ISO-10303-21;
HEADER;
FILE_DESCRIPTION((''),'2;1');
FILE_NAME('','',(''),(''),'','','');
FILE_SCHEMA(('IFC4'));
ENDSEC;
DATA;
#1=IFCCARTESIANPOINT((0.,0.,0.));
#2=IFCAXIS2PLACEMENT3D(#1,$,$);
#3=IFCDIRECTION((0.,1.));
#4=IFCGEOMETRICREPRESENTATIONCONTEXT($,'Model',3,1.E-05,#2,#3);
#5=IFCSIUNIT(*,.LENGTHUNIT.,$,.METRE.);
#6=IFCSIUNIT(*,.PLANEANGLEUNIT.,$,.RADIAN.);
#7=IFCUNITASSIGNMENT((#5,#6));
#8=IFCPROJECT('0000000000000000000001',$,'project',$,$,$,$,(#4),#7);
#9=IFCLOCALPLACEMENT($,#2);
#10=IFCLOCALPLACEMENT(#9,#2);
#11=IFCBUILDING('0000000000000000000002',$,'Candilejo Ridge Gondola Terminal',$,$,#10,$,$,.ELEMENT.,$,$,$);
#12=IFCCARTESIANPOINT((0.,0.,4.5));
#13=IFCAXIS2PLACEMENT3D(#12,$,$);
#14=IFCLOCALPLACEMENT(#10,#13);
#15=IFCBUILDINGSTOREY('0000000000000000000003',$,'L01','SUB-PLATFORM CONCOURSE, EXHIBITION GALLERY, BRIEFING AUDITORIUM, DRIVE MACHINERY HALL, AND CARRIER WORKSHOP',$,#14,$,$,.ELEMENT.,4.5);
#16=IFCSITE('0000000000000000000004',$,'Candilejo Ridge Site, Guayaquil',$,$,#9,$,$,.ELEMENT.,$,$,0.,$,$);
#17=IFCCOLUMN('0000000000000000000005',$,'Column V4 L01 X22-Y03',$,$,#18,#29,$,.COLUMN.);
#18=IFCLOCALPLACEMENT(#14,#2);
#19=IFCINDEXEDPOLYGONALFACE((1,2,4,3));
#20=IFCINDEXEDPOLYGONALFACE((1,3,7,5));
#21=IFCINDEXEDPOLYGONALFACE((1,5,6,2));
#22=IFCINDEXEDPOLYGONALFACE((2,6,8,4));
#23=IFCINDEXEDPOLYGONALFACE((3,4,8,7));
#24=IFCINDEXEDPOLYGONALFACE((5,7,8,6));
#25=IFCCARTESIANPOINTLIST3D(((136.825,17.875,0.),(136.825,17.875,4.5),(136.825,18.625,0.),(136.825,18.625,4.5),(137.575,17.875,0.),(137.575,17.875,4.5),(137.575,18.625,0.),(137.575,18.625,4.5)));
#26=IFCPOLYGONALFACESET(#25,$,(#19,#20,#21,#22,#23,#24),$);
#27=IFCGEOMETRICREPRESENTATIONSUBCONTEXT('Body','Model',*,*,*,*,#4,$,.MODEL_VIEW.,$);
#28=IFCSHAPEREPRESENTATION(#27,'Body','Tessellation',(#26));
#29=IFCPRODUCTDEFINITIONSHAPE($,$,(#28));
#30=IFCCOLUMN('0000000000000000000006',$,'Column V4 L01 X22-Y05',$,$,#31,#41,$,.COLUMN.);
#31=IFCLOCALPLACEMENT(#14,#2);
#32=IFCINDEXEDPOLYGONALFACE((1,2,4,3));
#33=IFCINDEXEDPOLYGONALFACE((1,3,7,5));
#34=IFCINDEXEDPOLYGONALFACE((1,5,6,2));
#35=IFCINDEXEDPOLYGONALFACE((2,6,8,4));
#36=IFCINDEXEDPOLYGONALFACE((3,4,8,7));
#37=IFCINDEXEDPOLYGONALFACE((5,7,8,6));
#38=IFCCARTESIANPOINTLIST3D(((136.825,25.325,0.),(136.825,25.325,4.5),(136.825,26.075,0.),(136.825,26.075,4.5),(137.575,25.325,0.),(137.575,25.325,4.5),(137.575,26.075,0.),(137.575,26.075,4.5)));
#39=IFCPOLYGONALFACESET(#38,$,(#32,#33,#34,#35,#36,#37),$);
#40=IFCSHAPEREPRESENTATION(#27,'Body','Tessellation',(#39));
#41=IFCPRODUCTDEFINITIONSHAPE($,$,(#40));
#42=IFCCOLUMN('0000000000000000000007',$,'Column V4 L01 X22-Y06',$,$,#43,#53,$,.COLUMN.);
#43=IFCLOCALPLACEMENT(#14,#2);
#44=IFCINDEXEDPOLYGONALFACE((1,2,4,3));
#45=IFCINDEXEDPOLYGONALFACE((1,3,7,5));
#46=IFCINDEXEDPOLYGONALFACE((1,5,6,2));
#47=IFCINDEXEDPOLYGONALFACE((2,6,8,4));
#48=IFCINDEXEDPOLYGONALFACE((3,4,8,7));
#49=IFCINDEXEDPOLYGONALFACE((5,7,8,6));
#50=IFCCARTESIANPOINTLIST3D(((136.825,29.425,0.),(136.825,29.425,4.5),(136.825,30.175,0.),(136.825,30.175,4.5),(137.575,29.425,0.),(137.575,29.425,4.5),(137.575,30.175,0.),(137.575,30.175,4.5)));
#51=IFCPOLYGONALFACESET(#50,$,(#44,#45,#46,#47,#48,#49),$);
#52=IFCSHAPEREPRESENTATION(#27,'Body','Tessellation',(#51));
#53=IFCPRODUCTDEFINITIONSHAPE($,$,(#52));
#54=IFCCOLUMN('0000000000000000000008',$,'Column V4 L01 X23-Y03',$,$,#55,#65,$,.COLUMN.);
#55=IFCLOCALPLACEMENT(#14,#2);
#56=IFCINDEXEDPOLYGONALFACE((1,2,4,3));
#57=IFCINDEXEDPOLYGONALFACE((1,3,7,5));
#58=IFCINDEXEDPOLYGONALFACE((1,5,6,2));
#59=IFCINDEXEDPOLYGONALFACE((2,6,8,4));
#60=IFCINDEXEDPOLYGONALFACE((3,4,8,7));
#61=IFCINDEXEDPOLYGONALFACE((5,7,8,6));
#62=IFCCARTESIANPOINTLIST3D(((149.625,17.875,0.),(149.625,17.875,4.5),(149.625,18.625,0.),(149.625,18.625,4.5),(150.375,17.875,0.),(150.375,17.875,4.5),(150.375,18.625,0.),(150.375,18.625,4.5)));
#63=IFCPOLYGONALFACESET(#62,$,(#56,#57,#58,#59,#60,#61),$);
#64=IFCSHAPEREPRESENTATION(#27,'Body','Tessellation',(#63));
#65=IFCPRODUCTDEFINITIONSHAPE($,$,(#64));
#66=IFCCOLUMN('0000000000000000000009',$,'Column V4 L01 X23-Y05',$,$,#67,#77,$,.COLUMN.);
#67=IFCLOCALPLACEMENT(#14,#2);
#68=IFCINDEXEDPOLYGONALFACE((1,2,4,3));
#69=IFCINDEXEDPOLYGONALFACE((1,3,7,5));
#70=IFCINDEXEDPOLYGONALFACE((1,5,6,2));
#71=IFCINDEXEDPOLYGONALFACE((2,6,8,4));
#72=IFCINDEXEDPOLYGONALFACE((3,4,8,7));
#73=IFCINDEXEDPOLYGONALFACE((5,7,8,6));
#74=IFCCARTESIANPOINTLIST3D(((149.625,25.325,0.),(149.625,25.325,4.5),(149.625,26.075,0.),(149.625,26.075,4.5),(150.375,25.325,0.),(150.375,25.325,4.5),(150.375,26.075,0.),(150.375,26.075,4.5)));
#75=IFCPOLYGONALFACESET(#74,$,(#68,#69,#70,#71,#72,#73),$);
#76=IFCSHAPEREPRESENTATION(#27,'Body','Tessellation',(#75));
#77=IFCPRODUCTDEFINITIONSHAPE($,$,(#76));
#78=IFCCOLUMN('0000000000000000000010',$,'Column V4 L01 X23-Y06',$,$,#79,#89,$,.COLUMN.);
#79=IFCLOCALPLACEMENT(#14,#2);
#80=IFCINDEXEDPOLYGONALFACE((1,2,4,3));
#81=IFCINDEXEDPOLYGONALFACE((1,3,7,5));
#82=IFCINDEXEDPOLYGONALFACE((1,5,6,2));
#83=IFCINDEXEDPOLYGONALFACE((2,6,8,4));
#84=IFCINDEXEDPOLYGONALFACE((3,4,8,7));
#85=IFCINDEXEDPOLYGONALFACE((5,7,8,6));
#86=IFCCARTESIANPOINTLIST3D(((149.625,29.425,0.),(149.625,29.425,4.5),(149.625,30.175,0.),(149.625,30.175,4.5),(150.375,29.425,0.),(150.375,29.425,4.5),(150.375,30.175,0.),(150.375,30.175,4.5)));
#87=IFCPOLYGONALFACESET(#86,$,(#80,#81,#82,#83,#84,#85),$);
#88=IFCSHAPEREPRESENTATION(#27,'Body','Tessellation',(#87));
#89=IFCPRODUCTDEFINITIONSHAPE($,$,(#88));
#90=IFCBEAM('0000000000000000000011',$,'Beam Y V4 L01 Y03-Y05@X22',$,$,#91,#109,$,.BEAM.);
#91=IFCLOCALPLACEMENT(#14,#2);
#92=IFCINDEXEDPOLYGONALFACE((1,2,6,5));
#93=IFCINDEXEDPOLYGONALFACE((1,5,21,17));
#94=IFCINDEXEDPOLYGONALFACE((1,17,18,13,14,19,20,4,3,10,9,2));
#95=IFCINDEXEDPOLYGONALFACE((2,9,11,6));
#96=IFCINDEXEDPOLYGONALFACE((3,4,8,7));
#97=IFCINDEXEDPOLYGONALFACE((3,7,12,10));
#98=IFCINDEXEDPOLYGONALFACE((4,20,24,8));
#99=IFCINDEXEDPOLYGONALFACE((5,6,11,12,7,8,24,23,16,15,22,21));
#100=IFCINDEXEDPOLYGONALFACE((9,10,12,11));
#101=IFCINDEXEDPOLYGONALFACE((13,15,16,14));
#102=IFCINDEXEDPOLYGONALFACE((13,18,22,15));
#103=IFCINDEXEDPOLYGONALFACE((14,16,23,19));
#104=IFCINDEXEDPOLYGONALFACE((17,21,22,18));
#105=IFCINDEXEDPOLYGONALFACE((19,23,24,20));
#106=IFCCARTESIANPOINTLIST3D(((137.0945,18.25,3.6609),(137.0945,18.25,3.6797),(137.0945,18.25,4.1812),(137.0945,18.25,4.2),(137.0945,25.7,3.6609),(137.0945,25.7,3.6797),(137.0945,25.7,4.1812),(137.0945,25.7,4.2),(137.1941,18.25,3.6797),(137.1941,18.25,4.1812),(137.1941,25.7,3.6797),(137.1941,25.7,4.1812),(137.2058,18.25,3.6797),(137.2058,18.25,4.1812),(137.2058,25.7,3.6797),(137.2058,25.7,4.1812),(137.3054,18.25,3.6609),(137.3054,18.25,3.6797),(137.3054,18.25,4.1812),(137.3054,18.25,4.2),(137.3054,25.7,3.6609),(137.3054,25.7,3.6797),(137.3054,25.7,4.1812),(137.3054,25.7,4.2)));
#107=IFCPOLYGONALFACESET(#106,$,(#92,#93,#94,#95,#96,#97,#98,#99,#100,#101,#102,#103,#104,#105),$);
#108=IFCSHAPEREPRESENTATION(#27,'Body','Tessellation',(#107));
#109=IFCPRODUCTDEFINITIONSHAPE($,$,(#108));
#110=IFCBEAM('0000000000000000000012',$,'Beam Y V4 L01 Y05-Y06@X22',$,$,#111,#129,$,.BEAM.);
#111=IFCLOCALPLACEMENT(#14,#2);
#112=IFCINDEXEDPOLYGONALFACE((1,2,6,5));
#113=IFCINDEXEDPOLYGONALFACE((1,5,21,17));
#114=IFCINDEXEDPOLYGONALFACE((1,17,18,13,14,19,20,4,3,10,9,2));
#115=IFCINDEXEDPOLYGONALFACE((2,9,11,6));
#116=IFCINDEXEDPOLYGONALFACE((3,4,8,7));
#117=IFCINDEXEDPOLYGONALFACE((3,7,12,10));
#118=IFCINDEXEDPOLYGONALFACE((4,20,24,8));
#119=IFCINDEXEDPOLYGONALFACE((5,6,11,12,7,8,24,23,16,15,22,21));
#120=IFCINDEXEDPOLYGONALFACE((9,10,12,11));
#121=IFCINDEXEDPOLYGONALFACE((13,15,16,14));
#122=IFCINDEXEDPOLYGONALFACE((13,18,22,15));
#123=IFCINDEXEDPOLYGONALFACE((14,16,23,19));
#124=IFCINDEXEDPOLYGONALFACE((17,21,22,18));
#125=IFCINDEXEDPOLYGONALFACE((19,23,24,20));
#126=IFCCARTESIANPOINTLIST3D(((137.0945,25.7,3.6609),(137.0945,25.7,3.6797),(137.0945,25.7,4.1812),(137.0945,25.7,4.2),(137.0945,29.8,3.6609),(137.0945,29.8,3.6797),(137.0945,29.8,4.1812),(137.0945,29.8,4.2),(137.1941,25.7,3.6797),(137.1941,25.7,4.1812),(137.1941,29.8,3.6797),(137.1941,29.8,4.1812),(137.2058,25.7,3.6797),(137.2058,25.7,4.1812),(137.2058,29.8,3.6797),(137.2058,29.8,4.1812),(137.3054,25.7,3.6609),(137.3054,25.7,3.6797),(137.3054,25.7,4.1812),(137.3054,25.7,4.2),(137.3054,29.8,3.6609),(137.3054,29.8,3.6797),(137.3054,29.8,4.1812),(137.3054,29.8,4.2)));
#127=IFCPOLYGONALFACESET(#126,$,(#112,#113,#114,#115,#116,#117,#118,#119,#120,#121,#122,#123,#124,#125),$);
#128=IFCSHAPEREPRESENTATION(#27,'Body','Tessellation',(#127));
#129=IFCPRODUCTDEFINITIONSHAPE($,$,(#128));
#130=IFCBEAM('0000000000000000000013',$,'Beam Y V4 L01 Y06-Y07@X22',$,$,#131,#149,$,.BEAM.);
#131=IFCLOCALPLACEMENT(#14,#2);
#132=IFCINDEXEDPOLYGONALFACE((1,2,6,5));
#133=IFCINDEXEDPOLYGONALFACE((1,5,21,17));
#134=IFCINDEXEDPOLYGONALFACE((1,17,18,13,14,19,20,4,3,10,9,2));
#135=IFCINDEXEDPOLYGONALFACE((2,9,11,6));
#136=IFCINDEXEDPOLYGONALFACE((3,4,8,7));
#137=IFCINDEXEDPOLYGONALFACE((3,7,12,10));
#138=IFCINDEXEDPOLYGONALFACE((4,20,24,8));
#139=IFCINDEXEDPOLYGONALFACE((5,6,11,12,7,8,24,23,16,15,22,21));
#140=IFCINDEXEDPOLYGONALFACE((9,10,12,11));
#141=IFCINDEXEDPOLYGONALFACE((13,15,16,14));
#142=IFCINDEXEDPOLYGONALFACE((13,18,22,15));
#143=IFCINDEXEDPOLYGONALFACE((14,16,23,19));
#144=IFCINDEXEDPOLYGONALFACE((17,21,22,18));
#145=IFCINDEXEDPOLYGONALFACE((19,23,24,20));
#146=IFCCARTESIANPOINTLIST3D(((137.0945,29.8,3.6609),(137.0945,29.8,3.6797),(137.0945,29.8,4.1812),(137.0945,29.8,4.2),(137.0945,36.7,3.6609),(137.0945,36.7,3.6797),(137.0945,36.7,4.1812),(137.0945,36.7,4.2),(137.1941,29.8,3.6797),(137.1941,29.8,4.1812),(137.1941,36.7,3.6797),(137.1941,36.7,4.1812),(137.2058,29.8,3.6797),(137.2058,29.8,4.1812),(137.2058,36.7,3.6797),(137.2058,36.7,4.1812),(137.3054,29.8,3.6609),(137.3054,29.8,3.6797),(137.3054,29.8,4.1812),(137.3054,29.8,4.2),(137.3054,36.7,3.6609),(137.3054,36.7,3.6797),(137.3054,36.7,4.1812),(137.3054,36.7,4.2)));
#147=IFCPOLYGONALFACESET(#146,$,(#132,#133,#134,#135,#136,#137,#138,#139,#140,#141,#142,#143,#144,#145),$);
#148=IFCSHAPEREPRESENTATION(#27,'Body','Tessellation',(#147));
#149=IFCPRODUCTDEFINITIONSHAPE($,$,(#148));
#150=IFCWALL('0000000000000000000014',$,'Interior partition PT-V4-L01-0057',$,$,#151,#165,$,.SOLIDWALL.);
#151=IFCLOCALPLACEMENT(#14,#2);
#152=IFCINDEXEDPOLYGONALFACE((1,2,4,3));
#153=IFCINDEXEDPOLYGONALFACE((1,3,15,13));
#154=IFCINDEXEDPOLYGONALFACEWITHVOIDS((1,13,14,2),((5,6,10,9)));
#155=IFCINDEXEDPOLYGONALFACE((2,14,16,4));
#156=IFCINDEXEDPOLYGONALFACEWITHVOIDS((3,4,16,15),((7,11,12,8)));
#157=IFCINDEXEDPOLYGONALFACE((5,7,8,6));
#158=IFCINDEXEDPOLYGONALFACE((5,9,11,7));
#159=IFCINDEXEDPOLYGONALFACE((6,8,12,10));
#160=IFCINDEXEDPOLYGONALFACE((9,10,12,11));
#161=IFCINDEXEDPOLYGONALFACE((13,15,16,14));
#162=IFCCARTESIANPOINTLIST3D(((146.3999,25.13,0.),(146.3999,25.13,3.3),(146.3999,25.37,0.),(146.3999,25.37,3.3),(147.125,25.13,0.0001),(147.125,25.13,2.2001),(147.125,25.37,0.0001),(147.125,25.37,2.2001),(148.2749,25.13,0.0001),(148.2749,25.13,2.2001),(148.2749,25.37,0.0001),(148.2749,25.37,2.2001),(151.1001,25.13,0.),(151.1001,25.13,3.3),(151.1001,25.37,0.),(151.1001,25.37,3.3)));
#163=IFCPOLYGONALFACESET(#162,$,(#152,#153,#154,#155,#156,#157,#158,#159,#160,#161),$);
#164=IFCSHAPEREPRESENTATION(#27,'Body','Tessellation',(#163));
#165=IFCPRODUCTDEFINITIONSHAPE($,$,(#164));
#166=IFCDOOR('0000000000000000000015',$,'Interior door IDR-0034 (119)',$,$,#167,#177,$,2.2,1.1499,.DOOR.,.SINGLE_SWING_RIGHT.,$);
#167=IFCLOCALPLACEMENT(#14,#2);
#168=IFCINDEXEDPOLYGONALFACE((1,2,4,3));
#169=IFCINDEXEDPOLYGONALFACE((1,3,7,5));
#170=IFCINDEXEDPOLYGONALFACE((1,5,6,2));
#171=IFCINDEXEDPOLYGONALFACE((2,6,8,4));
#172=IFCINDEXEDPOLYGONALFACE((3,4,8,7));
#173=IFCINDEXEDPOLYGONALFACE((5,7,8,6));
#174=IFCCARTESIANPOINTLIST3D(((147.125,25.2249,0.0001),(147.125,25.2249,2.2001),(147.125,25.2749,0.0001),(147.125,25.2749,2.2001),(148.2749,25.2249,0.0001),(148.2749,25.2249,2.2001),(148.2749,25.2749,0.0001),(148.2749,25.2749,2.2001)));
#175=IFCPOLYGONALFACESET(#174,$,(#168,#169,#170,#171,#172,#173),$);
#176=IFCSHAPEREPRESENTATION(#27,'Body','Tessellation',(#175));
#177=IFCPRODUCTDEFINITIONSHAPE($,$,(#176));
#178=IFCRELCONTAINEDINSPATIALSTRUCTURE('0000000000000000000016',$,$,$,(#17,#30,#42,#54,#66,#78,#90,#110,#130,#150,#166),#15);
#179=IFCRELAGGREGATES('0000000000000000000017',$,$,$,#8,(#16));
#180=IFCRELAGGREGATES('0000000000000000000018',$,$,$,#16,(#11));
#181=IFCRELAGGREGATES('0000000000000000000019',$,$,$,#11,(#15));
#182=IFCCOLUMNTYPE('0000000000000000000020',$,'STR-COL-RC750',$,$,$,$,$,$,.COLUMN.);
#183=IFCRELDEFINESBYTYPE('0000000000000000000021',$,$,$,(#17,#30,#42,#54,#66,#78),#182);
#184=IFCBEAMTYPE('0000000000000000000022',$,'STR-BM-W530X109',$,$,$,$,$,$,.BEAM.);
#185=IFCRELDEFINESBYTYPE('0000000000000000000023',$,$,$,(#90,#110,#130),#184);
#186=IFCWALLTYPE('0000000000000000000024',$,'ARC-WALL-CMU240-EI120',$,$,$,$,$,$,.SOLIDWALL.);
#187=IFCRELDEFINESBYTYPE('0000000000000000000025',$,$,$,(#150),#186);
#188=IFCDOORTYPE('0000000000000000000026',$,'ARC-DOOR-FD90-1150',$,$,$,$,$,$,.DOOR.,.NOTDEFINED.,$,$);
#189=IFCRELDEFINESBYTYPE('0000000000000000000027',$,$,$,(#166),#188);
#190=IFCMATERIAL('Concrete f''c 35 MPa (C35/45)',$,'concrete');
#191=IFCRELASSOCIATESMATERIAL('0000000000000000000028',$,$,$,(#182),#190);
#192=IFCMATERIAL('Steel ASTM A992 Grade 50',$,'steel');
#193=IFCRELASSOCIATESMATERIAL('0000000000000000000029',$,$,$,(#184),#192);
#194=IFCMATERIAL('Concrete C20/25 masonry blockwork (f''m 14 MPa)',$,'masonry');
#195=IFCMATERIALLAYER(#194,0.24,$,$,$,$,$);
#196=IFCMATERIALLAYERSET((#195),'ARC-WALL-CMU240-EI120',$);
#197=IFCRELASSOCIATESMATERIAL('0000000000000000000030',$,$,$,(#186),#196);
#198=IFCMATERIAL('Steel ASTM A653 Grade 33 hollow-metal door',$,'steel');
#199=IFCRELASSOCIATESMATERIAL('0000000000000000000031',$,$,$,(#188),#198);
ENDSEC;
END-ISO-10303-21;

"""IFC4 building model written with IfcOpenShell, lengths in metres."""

from ifc_helpers import new_model, si_unit, direction, frame, frame_2d, origin, origin_2d, place, context, subcontext, project, spatial, rectangle, i_section, extrude, material, layer, layer_set, material_profile, profile_set, type_object, element, fill, save


model = new_model("IFC4")

# Units and contexts
model_context = context("Model", 3, precision=1e-05, world=origin(), true_north=direction((0.0, 1.0)))
body_context = subcontext(model_context, "Body", "Model", "MODEL_VIEW")
ifc_project = project(units=[si_unit("LENGTHUNIT", "METRE"), si_unit("PLANEANGLEUNIT", "RADIAN")], contexts=[model_context])

# Site, building, storey
site_placement = place(None, origin())
site = spatial("IfcSite", under=ifc_project, at=site_placement, Name="Candilejo Ridge Site, Guayaquil", CompositionType="ELEMENT", RefElevation=0.0)
building_placement = place(site_placement, origin())
building = spatial("IfcBuilding", under=site, at=building_placement, Name="Candilejo Ridge Gondola Terminal", CompositionType="ELEMENT")
storey_placement = place(building_placement, frame((0.0, 0.0, 4.5)))
storey = spatial("IfcBuildingStorey", under=building, at=storey_placement, Name="L01", Description="SUB-PLATFORM CONCOURSE, EXHIBITION GALLERY, BRIEFING AUDITORIUM, DRIVE MACHINERY HALL, AND CARRIER WORKSHOP", CompositionType="ELEMENT", Elevation=4.5)

# Columns
ifc_material_1 = material(Name="Concrete f'c 35 MPa (C35/45)", Category="concrete")
ifc_material_profile_1 = material_profile(ifc_material_1, rectangle(XDim=0.75, YDim=0.75, at=origin_2d()))
ifc_profile_set_1 = profile_set([ifc_material_profile_1], Name="Concrete f'c 35 MPa (C35/45)")
column_type = type_object("IfcColumnType", Name="STR-COL-RC750", PredefinedType="COLUMN", material=ifc_profile_set_1)
for number, where, z_axis, x_axis, name in (
    (1, (137.2, 18.25, 0.0), (0.0, 0.0, 1.0), (1.0, 0.0, 0.0), "Column V4 L01 X22-Y03"),
    (2, (137.2, 25.7, 0.0), (0.0, 0.0, 1.0), (1.0, 0.0, 0.0), "Column V4 L01 X22-Y05"),
    (3, (137.2, 29.8, 0.0), (0.0, 0.0, 1.0), (1.0, 0.0, 0.0), "Column V4 L01 X22-Y06"),
    (4, (150.0, 18.25, 0.0), (0.0, 0.0, 1.0), (1.0, 0.0, 0.0), "Column V4 L01 X23-Y03"),
    (5, (150.0, 25.7, 0.0), (0.0, 0.0, 1.0), (1.0, 0.0, 0.0), "Column V4 L01 X23-Y05"),
    (6, (150.0, 29.8, 0.0), (0.0, 0.0, 1.0), (1.0, 0.0, 0.0), "Column V4 L01 X23-Y06"),
):
    element("IfcColumn", number, at=place(storey_placement, frame(where, z_axis=z_axis, x_axis=x_axis)), inside=storey, type_object=column_type, Name=name, PredefinedType="COLUMN", context=body_context, shape_type="SweptSolid", body=[
        extrude(rectangle(XDim=0.75, YDim=0.75, at=origin_2d()), origin(), (0.0, 0.0, 1.0), 4.5),
    ])

# Beams
ifc_material_2 = material(Name="Steel ASTM A992 Grade 50", Category="steel")
ifc_material_profile_2 = material_profile(ifc_material_2, i_section(OverallWidth=0.2109, OverallDepth=0.5391, WebThickness=0.0117, FlangeThickness=0.0188, at=origin_2d()))
ifc_profile_set_2 = profile_set([ifc_material_profile_2], Name="Steel ASTM A992 Grade 50")
beam_type = type_object("IfcBeamType", Name="STR-BM-W530X109", PredefinedType="BEAM", material=ifc_profile_set_2)
beam_1_placement = place(storey_placement, frame((137.2, 18.25, 3.9304), z_axis=(0.0, 1.0, 0.0), x_axis=(-1.0, 0.0, 0.0)))
element("IfcBeam", 7, at=beam_1_placement, inside=storey, type_object=beam_type, Name="Beam Y V4 L01 Y03-Y05@X22", PredefinedType="BEAM", context=body_context, shape_type="SweptSolid", body=[
    extrude(i_section(OverallWidth=0.2109, OverallDepth=0.5391, WebThickness=0.0117, FlangeThickness=0.0188, at=origin_2d()), origin(), (0.0, 0.0, 1.0), 7.45),
])
beam_2_placement = place(storey_placement, frame((137.2, 25.7, 3.9304), z_axis=(0.0, 1.0, 0.0), x_axis=(-1.0, 0.0, 0.0)))
element("IfcBeam", 8, at=beam_2_placement, inside=storey, type_object=beam_type, Name="Beam Y V4 L01 Y05-Y06@X22", PredefinedType="BEAM", context=body_context, shape_type="SweptSolid", body=[
    extrude(i_section(OverallWidth=0.2109, OverallDepth=0.5391, WebThickness=0.0117, FlangeThickness=0.0188, at=origin_2d()), origin(), (0.0, 0.0, 1.0), 4.1001),
])
beam_3_placement = place(storey_placement, frame((137.2, 29.8, 3.9304), z_axis=(0.0, 1.0, 0.0), x_axis=(-1.0, 0.0, 0.0)))
element("IfcBeam", 9, at=beam_3_placement, inside=storey, type_object=beam_type, Name="Beam Y V4 L01 Y06-Y07@X22", PredefinedType="BEAM", context=body_context, shape_type="SweptSolid", body=[
    extrude(i_section(OverallWidth=0.2109, OverallDepth=0.5391, WebThickness=0.0117, FlangeThickness=0.0188, at=origin_2d()), origin(), (0.0, 0.0, 1.0), 6.8999),
])

# Wall, opening, door
ifc_material_3 = material(Name="Concrete C20/25 masonry blockwork (f'm 14 MPa)", Category="masonry")
ifc_layer_1 = layer(ifc_material_3, 0.24)
ifc_layer_set_1 = layer_set([ifc_layer_1], Name="ARC-WALL-CMU240-EI120")
wall_type_1 = type_object("IfcWallType", Name="ARC-WALL-CMU240-EI120", PredefinedType="SOLIDWALL", material=ifc_layer_set_1)
wall_1_placement = place(storey_placement, frame((146.3999, 25.25, 0.0), z_axis=(0.0, 0.0, 1.0), x_axis=(1.0, 0.0, 0.0)))
wall_1 = element("IfcWall", 10, at=wall_1_placement, inside=storey, type_object=wall_type_1, Name="Interior partition PT-V4-L01-0057", PredefinedType="SOLIDWALL", context=body_context, shape_type="SweptSolid", body=[
    extrude(rectangle(XDim=4.7002, YDim=0.24, at=frame_2d((2.3501, 0.0))), origin(), (0.0, 0.0, 1.0), 3.3),
])
opening_1_placement = place(wall_1_placement, frame((0.7251, 0.0, 0.0)))
opening_1 = element("IfcOpeningElement", 11, at=opening_1_placement, cuts=wall_1, PredefinedType="OPENING", context=body_context, shape_type="SweptSolid", body=[
    extrude(rectangle(XDim=1.1499, YDim=2.2, at=frame_2d((0.575, 1.1001))), frame((0.0, 0.1299, 0.0), z_axis=(0.0, -1.0, 0.0), x_axis=(1.0, 0.0, 0.0)), (0.0, 0.0, 1.0), 0.26),
])
ifc_material_4 = material(Name="Steel ASTM A653 Grade 33 hollow-metal door", Category="steel")
door_type_1 = type_object("IfcDoorType", Name="ARC-DOOR-FD90-1150", OperationType="NOTDEFINED", PredefinedType="DOOR", material=ifc_material_4)
door_1_placement = place(opening_1_placement, origin())
door_1 = element("IfcDoor", 12, at=door_1_placement, inside=storey, type_object=door_type_1, Name="Interior door IDR-0034 (119)", OperationType="SINGLE_SWING_RIGHT", OverallHeight=2.2, OverallWidth=1.1499, PredefinedType="DOOR", context=body_context, shape_type="SweptSolid", body=[
    extrude(rectangle(XDim=1.1499, YDim=2.2, at=frame_2d((0.575, 1.1001))), frame((0.0, 0.0249, 0.0), z_axis=(0.0, -1.0, 0.0), x_axis=(1.0, 0.0, 0.0)), (0.0, 0.0, 1.0), 0.05),
])
fill(opening_1, door_1)

save(model, "model.ifc")
